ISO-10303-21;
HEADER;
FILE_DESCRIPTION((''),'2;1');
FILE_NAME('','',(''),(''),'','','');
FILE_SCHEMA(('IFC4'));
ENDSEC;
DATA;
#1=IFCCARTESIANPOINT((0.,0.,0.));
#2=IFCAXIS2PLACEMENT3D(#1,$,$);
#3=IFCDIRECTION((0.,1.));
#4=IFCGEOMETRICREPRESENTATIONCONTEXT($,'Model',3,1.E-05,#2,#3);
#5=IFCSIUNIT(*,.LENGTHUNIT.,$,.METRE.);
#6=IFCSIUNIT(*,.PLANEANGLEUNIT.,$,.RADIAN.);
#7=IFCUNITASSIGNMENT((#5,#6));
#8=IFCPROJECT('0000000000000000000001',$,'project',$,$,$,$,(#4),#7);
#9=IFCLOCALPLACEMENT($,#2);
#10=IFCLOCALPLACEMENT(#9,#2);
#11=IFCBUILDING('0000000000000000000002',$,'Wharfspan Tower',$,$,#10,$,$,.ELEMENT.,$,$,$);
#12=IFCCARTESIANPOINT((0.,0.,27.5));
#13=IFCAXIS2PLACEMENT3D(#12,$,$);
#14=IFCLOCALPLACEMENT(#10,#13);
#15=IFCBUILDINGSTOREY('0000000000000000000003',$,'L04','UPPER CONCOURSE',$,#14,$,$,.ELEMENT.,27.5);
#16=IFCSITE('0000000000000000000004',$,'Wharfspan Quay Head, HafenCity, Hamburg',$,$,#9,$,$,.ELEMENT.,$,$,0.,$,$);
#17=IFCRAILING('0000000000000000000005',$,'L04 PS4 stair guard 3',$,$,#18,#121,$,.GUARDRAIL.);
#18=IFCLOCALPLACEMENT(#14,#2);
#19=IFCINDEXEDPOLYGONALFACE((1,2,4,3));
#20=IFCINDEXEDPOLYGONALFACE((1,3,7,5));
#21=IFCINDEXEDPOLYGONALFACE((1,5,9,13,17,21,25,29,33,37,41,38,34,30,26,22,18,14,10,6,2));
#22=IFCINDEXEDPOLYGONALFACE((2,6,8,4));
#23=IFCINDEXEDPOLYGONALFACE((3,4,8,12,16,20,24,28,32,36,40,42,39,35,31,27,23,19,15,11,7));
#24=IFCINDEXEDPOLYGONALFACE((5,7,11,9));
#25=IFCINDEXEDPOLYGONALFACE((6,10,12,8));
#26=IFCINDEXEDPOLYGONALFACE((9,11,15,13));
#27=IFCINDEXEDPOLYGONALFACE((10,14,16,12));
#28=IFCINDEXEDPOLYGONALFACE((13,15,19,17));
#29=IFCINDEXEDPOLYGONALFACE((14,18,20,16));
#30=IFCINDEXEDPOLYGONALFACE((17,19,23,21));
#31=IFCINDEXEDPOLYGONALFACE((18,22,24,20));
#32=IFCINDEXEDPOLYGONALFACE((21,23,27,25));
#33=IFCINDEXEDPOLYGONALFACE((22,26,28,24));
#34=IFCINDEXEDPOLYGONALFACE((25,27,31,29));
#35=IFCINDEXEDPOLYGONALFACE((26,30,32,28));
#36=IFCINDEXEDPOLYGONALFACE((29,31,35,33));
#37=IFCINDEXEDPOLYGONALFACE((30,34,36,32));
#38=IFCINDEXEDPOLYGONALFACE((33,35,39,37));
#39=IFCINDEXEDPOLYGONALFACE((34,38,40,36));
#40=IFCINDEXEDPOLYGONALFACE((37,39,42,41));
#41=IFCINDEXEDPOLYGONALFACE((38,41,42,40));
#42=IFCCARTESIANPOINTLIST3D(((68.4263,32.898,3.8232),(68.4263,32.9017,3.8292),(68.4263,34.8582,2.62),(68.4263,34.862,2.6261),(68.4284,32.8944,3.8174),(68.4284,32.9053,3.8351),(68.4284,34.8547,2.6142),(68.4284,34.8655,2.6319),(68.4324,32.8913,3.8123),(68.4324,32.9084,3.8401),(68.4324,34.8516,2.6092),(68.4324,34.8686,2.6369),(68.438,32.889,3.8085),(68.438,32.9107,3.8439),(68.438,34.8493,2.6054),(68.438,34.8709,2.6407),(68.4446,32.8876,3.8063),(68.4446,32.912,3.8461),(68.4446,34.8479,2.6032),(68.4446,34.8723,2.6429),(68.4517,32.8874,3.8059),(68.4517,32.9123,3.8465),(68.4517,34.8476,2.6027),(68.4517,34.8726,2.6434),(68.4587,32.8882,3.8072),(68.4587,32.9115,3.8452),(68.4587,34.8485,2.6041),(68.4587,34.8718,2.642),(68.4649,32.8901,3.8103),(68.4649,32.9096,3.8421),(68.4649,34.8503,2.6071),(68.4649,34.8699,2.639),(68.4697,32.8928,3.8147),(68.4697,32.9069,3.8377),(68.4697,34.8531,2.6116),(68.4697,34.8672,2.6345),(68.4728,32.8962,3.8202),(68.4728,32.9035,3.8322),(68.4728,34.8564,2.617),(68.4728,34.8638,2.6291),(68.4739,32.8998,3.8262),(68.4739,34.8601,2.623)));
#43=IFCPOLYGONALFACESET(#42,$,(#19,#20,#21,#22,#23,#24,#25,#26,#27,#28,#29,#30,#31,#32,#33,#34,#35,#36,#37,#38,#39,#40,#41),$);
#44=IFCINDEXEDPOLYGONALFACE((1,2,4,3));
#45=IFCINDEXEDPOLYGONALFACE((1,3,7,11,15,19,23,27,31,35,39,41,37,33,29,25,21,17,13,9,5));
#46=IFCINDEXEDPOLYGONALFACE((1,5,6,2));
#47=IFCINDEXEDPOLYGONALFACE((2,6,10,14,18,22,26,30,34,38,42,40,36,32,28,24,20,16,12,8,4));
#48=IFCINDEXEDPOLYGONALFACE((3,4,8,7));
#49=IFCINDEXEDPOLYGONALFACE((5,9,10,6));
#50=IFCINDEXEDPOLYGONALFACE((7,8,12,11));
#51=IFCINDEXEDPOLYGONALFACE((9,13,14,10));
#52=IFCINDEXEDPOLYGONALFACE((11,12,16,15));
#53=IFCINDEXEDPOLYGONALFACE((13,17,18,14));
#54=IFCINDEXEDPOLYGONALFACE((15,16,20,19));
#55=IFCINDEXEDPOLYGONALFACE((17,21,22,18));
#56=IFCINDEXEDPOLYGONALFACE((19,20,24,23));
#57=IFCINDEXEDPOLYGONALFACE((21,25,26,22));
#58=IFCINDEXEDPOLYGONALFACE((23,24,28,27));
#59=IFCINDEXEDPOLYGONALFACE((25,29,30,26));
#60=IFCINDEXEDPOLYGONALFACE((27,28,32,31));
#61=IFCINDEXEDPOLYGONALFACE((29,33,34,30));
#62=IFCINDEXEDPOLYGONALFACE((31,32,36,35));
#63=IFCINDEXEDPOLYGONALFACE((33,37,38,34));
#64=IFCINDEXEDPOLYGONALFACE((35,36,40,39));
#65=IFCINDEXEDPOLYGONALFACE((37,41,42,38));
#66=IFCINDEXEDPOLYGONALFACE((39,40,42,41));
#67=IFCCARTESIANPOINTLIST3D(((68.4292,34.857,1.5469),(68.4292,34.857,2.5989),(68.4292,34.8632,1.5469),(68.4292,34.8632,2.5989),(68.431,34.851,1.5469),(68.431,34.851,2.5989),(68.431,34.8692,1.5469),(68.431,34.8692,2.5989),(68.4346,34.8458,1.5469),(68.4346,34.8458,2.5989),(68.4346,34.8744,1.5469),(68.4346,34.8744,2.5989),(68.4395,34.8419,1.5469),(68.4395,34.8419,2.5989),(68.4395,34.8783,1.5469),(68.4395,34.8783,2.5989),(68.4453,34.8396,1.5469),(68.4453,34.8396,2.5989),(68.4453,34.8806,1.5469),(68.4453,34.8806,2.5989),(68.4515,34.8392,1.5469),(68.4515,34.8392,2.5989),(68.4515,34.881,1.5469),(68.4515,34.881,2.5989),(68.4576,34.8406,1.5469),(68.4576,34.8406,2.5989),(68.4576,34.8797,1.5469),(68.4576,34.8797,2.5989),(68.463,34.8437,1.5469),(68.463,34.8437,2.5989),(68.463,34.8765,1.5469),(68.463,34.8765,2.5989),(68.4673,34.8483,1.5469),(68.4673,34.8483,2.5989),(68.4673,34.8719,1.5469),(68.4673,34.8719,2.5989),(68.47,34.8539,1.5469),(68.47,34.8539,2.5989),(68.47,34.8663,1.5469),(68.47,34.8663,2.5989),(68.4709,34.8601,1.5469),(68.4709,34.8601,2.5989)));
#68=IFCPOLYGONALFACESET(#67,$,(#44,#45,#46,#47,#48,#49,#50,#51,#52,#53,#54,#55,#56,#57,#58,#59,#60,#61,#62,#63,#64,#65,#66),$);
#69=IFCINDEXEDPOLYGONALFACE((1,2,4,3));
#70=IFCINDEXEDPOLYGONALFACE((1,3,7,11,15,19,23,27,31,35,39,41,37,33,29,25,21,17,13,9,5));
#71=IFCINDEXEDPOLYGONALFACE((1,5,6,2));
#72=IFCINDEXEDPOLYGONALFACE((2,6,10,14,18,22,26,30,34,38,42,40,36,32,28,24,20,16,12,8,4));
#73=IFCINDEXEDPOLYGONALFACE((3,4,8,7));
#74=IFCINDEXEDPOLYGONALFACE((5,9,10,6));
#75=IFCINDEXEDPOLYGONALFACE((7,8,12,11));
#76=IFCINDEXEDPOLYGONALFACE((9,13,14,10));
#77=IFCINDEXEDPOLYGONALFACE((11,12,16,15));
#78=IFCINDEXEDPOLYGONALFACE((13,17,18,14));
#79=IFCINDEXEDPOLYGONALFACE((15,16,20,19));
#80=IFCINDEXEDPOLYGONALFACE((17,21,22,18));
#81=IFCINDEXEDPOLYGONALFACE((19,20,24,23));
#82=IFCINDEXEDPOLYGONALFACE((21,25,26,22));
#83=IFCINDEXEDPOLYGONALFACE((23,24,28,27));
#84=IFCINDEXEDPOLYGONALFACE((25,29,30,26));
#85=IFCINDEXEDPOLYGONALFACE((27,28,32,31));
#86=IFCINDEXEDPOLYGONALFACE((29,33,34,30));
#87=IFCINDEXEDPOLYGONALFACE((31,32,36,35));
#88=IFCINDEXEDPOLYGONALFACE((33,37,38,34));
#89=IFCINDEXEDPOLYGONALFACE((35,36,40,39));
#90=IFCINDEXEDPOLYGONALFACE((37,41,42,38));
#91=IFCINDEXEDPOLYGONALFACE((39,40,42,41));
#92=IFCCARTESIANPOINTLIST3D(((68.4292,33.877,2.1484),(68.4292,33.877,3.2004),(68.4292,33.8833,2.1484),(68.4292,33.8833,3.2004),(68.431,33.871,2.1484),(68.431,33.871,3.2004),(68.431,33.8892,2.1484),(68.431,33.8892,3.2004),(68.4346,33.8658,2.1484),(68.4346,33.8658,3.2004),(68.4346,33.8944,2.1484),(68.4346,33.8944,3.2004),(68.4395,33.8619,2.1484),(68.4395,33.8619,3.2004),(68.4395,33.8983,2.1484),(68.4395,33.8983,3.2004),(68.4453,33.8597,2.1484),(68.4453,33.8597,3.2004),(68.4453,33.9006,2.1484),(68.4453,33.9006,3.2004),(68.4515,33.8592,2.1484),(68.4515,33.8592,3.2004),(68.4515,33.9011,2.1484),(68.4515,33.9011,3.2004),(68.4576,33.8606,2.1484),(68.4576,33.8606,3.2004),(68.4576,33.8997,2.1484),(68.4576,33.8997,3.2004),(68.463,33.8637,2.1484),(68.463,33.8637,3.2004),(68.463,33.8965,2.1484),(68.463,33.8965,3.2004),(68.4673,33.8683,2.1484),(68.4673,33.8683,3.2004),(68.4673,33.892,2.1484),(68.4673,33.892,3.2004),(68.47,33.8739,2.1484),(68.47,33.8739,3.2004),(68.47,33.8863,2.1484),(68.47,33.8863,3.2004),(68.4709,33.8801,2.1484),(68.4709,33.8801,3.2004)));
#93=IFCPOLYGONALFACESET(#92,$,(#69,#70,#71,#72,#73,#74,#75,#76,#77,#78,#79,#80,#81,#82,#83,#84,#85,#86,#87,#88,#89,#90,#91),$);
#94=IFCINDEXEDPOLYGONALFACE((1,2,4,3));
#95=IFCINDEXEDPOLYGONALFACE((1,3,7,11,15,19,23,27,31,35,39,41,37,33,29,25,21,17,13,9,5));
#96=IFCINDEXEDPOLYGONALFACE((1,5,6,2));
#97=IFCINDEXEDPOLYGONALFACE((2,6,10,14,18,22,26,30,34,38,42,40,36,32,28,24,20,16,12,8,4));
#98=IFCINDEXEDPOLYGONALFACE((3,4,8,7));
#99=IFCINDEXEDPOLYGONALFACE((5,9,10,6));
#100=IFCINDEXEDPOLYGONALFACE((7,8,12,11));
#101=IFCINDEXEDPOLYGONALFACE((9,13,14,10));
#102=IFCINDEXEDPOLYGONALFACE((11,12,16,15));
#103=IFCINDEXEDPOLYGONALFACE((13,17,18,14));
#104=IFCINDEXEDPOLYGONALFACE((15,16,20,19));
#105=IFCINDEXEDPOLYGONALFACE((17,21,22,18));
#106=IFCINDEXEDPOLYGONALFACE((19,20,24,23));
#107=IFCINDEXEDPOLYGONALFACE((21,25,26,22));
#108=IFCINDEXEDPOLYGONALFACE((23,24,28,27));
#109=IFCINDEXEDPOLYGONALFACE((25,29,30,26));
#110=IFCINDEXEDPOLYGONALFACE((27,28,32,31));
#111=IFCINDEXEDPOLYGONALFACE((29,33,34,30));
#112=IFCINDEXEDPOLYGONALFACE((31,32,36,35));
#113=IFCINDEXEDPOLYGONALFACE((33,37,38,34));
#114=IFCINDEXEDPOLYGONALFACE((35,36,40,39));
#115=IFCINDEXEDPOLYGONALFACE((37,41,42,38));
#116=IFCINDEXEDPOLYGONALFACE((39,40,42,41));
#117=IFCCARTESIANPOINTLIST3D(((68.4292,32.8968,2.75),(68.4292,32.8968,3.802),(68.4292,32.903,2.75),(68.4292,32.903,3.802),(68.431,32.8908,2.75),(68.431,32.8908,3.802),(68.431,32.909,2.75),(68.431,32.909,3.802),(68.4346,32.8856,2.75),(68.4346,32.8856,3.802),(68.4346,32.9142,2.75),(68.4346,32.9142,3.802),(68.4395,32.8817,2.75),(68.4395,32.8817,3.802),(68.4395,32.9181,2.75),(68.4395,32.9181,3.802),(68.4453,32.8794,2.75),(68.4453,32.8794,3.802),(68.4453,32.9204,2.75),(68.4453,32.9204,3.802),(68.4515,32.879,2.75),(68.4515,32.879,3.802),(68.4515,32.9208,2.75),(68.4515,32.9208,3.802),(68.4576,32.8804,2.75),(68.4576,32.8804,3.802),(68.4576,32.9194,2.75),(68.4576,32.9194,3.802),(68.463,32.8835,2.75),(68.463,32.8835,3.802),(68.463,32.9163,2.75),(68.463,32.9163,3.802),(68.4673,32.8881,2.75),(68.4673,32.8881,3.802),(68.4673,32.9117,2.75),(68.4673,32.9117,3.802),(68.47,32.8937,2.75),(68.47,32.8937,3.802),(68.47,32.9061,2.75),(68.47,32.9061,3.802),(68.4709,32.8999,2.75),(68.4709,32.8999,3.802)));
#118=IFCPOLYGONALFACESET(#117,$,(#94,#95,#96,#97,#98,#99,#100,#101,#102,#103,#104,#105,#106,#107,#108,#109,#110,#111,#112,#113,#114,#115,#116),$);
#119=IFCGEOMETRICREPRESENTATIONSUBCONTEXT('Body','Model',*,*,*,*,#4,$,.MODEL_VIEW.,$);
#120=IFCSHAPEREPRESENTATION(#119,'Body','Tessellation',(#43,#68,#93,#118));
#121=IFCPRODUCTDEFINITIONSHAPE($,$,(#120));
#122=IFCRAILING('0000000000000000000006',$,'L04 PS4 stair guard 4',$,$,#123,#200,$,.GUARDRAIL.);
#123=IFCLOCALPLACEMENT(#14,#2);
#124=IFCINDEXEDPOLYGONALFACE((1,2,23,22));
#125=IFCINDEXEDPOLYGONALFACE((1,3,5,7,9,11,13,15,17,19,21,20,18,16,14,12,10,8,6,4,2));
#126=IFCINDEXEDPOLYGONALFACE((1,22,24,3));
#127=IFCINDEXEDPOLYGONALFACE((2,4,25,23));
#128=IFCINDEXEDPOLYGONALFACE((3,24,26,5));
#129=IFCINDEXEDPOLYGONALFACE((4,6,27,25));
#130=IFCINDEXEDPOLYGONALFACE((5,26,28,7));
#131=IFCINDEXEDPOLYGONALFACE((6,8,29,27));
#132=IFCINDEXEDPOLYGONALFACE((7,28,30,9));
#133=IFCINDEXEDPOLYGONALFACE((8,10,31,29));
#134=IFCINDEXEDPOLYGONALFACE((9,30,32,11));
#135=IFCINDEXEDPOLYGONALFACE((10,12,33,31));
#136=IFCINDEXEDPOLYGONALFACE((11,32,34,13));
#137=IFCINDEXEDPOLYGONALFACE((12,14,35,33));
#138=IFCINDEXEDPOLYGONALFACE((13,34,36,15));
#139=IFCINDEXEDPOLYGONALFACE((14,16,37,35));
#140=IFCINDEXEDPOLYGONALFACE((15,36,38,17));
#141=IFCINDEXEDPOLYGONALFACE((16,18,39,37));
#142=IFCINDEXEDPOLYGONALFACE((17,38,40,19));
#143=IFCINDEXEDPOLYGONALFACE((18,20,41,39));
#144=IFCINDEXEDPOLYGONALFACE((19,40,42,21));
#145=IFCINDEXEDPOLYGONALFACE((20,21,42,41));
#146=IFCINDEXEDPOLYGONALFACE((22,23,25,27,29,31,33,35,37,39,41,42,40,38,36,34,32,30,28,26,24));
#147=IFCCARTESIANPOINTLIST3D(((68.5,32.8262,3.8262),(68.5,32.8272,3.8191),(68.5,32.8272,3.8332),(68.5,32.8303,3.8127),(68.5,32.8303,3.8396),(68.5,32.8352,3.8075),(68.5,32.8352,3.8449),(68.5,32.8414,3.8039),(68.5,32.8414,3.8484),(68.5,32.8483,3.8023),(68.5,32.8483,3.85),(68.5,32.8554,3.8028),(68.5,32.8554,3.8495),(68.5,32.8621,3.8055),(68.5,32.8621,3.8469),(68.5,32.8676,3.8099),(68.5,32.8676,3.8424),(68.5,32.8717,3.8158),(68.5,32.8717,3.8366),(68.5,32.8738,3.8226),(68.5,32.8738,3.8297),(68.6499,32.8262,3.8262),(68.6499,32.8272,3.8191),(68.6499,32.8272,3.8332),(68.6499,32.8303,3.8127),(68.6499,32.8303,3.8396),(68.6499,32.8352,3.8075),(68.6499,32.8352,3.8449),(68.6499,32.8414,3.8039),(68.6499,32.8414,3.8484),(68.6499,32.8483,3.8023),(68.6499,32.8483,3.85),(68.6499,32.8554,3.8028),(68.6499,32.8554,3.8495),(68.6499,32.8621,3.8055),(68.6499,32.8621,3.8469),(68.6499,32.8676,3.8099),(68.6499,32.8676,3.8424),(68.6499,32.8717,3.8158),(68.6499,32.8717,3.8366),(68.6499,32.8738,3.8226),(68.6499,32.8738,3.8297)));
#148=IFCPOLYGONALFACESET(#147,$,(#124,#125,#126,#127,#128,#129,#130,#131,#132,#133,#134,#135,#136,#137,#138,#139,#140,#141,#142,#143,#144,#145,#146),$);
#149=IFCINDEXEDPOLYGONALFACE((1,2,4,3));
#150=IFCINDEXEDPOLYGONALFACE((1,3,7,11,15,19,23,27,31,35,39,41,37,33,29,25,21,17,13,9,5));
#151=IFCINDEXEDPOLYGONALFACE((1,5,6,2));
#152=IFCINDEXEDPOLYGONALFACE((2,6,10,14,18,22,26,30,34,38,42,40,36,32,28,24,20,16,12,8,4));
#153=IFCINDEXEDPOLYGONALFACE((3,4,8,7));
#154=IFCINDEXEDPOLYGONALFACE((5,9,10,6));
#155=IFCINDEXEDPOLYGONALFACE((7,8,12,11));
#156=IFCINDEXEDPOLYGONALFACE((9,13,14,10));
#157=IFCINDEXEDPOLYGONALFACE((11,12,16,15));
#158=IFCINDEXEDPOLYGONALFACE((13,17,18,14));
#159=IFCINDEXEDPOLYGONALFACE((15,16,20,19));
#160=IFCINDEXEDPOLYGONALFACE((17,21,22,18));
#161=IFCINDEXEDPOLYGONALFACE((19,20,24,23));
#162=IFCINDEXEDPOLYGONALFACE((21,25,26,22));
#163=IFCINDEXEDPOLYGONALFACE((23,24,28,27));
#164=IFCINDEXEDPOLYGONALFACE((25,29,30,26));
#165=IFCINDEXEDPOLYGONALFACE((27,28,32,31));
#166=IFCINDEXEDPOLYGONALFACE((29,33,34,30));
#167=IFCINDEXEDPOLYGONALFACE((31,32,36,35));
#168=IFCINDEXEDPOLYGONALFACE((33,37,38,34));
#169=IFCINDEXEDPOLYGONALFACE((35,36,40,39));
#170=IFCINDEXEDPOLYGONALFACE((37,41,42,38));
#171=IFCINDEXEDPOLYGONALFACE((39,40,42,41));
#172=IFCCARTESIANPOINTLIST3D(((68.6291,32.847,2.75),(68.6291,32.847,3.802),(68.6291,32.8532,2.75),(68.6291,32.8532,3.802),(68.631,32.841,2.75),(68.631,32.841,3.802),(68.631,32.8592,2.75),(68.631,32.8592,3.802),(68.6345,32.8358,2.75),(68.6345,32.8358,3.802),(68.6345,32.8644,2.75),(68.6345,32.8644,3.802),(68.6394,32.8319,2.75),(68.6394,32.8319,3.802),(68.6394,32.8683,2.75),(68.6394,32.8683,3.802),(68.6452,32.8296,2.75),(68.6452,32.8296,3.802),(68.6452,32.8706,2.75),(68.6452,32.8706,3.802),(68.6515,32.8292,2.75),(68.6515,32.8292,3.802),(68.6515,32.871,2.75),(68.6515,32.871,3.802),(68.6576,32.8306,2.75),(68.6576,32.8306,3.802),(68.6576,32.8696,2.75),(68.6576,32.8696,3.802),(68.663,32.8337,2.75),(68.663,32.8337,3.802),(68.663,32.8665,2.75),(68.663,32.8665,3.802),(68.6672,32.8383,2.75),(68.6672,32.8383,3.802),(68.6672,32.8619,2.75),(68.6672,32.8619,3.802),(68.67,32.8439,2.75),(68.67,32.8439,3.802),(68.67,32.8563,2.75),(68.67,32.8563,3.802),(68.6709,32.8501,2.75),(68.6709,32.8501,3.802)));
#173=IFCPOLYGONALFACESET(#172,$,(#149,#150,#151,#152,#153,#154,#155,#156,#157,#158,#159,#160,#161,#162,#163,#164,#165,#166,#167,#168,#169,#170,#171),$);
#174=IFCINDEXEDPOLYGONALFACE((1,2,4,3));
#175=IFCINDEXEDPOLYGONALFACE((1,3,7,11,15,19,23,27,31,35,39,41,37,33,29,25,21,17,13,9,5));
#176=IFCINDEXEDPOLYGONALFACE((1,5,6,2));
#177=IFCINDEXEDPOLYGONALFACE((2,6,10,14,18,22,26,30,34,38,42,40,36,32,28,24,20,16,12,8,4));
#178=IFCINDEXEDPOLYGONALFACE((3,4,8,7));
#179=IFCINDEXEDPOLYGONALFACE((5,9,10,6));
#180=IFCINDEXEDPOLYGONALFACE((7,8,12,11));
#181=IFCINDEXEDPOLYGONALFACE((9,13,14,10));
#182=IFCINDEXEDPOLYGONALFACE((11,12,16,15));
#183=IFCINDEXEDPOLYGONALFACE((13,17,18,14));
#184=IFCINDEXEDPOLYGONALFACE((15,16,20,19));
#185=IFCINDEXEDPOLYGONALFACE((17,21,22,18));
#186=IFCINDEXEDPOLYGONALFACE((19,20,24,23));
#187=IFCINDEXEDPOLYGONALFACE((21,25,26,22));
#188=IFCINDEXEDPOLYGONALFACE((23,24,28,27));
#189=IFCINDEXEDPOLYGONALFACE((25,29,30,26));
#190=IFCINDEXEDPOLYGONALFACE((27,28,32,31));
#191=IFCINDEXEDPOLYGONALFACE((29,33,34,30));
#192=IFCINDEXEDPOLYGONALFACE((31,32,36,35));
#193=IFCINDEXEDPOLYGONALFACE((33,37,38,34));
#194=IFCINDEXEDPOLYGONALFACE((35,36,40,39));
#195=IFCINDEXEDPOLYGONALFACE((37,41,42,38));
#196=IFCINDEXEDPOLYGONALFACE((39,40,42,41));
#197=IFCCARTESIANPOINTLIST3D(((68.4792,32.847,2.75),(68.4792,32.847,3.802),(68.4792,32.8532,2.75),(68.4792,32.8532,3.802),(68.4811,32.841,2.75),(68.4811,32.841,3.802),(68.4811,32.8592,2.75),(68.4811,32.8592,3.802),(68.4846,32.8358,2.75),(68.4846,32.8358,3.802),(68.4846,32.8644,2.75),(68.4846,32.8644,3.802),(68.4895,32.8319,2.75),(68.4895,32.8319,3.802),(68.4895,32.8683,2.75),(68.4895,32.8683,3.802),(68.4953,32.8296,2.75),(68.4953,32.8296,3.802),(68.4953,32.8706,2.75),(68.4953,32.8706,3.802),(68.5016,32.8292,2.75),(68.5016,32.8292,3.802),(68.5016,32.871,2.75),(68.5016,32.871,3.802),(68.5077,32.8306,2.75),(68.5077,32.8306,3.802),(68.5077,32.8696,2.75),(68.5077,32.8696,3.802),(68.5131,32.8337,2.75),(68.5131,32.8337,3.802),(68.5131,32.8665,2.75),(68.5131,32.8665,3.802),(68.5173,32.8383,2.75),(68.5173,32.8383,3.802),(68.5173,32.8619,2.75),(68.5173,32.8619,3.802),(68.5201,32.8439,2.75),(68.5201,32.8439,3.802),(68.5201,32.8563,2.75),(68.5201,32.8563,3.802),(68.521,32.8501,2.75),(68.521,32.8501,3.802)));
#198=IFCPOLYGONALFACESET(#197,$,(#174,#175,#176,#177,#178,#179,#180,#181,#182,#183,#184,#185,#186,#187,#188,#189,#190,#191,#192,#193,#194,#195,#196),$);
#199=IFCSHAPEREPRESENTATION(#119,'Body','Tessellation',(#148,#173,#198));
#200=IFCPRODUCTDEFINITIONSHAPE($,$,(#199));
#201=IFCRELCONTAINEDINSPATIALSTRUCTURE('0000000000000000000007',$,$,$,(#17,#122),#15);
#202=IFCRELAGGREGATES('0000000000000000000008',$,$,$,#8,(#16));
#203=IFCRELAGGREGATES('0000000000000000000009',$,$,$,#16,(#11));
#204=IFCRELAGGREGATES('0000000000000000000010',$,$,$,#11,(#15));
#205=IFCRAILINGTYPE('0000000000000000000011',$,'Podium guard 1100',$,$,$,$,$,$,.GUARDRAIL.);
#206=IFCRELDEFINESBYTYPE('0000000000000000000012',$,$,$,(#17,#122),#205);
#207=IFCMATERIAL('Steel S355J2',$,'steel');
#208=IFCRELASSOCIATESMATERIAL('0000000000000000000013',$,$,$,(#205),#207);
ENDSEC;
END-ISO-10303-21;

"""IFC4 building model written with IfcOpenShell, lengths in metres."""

from ifc_helpers import new_model, si_unit, direction, frame, origin, origin_2d, place, context, subcontext, project, spatial, circle, extrude, material, type_object, element, save


model = new_model("IFC4")

# Units and contexts
model_context = context("Model", 3, precision=1e-05, world=origin(), true_north=direction((0.0, 1.0)))
body_context = subcontext(model_context, "Body", "Model", "MODEL_VIEW")
ifc_project = project(units=[si_unit("LENGTHUNIT", "METRE"), si_unit("PLANEANGLEUNIT", "RADIAN")], contexts=[model_context])

# Site, building, storey
site_placement = place(None, origin())
site = spatial("IfcSite", under=ifc_project, at=site_placement, Name="Wharfspan Quay Head, HafenCity, Hamburg", CompositionType="ELEMENT", RefElevation=0.0)
building_placement = place(site_placement, origin())
building = spatial("IfcBuilding", under=site, at=building_placement, Name="Wharfspan Tower", CompositionType="ELEMENT")
storey_placement = place(building_placement, frame((0.0, 0.0, 27.5)))
storey = spatial("IfcBuildingStorey", under=building, at=storey_placement, Name="L04", Description="UPPER CONCOURSE", CompositionType="ELEMENT", Elevation=27.5)

# Railings
ifc_material_1 = material(Name="Steel S355J2", Category="steel")
railing_type_1 = type_object("IfcRailingType", Name="Podium guard 1100", PredefinedType="GUARDRAIL", material=ifc_material_1)
railing_1_placement = place(storey_placement, frame((68.45, 34.8601, 1.5469)))
element("IfcRailing", 1, at=railing_1_placement, inside=storey, type_object=railing_type_1, Name="L04 PS4 stair guard 3", PredefinedType="GUARDRAIL", context=body_context, shape_type="SweptSolid", body=[
    extrude(circle(Radius=0.0239, at=origin_2d()), frame((0.0, 0.0, 1.0762), z_axis=(0.0, -0.85227, 0.523102), x_axis=(1.0, 0.0, 0.0)), (0.0, 0.0, 1.0), 2.3),
    extrude(circle(Radius=0.021, at=origin_2d()), origin(), (0.0, 0.0, 1.0), 1.052),
    extrude(circle(Radius=0.021, at=origin_2d()), frame((0.0, -0.98, 0.6016)), (0.0, 0.0, 1.0), 1.052),
    extrude(circle(Radius=0.021, at=origin_2d()), frame((0.0, -1.9602, 1.2031)), (0.0, 0.0, 1.0), 1.052),
])
railing_2_placement = place(storey_placement, frame((68.6499, 32.8501, 2.75)))
element("IfcRailing", 2, at=railing_2_placement, inside=storey, type_object=railing_type_1, Name="L04 PS4 stair guard 4", PredefinedType="GUARDRAIL", context=body_context, shape_type="SweptSolid", body=[
    extrude(circle(Radius=0.0239, at=origin_2d()), frame((0.0, 0.0, 1.0762), z_axis=(-1.0, 0.0, 0.0), x_axis=(0.0, -1.0, 0.0)), (0.0, 0.0, 1.0), 0.1499),
    extrude(circle(Radius=0.021, at=origin_2d()), origin(), (0.0, 0.0, 1.0), 1.052),
    extrude(circle(Radius=0.021, at=origin_2d()), frame((-0.1499, 0.0, 0.0)), (0.0, 0.0, 1.0), 1.052),
])

save(model, "model.ifc")
